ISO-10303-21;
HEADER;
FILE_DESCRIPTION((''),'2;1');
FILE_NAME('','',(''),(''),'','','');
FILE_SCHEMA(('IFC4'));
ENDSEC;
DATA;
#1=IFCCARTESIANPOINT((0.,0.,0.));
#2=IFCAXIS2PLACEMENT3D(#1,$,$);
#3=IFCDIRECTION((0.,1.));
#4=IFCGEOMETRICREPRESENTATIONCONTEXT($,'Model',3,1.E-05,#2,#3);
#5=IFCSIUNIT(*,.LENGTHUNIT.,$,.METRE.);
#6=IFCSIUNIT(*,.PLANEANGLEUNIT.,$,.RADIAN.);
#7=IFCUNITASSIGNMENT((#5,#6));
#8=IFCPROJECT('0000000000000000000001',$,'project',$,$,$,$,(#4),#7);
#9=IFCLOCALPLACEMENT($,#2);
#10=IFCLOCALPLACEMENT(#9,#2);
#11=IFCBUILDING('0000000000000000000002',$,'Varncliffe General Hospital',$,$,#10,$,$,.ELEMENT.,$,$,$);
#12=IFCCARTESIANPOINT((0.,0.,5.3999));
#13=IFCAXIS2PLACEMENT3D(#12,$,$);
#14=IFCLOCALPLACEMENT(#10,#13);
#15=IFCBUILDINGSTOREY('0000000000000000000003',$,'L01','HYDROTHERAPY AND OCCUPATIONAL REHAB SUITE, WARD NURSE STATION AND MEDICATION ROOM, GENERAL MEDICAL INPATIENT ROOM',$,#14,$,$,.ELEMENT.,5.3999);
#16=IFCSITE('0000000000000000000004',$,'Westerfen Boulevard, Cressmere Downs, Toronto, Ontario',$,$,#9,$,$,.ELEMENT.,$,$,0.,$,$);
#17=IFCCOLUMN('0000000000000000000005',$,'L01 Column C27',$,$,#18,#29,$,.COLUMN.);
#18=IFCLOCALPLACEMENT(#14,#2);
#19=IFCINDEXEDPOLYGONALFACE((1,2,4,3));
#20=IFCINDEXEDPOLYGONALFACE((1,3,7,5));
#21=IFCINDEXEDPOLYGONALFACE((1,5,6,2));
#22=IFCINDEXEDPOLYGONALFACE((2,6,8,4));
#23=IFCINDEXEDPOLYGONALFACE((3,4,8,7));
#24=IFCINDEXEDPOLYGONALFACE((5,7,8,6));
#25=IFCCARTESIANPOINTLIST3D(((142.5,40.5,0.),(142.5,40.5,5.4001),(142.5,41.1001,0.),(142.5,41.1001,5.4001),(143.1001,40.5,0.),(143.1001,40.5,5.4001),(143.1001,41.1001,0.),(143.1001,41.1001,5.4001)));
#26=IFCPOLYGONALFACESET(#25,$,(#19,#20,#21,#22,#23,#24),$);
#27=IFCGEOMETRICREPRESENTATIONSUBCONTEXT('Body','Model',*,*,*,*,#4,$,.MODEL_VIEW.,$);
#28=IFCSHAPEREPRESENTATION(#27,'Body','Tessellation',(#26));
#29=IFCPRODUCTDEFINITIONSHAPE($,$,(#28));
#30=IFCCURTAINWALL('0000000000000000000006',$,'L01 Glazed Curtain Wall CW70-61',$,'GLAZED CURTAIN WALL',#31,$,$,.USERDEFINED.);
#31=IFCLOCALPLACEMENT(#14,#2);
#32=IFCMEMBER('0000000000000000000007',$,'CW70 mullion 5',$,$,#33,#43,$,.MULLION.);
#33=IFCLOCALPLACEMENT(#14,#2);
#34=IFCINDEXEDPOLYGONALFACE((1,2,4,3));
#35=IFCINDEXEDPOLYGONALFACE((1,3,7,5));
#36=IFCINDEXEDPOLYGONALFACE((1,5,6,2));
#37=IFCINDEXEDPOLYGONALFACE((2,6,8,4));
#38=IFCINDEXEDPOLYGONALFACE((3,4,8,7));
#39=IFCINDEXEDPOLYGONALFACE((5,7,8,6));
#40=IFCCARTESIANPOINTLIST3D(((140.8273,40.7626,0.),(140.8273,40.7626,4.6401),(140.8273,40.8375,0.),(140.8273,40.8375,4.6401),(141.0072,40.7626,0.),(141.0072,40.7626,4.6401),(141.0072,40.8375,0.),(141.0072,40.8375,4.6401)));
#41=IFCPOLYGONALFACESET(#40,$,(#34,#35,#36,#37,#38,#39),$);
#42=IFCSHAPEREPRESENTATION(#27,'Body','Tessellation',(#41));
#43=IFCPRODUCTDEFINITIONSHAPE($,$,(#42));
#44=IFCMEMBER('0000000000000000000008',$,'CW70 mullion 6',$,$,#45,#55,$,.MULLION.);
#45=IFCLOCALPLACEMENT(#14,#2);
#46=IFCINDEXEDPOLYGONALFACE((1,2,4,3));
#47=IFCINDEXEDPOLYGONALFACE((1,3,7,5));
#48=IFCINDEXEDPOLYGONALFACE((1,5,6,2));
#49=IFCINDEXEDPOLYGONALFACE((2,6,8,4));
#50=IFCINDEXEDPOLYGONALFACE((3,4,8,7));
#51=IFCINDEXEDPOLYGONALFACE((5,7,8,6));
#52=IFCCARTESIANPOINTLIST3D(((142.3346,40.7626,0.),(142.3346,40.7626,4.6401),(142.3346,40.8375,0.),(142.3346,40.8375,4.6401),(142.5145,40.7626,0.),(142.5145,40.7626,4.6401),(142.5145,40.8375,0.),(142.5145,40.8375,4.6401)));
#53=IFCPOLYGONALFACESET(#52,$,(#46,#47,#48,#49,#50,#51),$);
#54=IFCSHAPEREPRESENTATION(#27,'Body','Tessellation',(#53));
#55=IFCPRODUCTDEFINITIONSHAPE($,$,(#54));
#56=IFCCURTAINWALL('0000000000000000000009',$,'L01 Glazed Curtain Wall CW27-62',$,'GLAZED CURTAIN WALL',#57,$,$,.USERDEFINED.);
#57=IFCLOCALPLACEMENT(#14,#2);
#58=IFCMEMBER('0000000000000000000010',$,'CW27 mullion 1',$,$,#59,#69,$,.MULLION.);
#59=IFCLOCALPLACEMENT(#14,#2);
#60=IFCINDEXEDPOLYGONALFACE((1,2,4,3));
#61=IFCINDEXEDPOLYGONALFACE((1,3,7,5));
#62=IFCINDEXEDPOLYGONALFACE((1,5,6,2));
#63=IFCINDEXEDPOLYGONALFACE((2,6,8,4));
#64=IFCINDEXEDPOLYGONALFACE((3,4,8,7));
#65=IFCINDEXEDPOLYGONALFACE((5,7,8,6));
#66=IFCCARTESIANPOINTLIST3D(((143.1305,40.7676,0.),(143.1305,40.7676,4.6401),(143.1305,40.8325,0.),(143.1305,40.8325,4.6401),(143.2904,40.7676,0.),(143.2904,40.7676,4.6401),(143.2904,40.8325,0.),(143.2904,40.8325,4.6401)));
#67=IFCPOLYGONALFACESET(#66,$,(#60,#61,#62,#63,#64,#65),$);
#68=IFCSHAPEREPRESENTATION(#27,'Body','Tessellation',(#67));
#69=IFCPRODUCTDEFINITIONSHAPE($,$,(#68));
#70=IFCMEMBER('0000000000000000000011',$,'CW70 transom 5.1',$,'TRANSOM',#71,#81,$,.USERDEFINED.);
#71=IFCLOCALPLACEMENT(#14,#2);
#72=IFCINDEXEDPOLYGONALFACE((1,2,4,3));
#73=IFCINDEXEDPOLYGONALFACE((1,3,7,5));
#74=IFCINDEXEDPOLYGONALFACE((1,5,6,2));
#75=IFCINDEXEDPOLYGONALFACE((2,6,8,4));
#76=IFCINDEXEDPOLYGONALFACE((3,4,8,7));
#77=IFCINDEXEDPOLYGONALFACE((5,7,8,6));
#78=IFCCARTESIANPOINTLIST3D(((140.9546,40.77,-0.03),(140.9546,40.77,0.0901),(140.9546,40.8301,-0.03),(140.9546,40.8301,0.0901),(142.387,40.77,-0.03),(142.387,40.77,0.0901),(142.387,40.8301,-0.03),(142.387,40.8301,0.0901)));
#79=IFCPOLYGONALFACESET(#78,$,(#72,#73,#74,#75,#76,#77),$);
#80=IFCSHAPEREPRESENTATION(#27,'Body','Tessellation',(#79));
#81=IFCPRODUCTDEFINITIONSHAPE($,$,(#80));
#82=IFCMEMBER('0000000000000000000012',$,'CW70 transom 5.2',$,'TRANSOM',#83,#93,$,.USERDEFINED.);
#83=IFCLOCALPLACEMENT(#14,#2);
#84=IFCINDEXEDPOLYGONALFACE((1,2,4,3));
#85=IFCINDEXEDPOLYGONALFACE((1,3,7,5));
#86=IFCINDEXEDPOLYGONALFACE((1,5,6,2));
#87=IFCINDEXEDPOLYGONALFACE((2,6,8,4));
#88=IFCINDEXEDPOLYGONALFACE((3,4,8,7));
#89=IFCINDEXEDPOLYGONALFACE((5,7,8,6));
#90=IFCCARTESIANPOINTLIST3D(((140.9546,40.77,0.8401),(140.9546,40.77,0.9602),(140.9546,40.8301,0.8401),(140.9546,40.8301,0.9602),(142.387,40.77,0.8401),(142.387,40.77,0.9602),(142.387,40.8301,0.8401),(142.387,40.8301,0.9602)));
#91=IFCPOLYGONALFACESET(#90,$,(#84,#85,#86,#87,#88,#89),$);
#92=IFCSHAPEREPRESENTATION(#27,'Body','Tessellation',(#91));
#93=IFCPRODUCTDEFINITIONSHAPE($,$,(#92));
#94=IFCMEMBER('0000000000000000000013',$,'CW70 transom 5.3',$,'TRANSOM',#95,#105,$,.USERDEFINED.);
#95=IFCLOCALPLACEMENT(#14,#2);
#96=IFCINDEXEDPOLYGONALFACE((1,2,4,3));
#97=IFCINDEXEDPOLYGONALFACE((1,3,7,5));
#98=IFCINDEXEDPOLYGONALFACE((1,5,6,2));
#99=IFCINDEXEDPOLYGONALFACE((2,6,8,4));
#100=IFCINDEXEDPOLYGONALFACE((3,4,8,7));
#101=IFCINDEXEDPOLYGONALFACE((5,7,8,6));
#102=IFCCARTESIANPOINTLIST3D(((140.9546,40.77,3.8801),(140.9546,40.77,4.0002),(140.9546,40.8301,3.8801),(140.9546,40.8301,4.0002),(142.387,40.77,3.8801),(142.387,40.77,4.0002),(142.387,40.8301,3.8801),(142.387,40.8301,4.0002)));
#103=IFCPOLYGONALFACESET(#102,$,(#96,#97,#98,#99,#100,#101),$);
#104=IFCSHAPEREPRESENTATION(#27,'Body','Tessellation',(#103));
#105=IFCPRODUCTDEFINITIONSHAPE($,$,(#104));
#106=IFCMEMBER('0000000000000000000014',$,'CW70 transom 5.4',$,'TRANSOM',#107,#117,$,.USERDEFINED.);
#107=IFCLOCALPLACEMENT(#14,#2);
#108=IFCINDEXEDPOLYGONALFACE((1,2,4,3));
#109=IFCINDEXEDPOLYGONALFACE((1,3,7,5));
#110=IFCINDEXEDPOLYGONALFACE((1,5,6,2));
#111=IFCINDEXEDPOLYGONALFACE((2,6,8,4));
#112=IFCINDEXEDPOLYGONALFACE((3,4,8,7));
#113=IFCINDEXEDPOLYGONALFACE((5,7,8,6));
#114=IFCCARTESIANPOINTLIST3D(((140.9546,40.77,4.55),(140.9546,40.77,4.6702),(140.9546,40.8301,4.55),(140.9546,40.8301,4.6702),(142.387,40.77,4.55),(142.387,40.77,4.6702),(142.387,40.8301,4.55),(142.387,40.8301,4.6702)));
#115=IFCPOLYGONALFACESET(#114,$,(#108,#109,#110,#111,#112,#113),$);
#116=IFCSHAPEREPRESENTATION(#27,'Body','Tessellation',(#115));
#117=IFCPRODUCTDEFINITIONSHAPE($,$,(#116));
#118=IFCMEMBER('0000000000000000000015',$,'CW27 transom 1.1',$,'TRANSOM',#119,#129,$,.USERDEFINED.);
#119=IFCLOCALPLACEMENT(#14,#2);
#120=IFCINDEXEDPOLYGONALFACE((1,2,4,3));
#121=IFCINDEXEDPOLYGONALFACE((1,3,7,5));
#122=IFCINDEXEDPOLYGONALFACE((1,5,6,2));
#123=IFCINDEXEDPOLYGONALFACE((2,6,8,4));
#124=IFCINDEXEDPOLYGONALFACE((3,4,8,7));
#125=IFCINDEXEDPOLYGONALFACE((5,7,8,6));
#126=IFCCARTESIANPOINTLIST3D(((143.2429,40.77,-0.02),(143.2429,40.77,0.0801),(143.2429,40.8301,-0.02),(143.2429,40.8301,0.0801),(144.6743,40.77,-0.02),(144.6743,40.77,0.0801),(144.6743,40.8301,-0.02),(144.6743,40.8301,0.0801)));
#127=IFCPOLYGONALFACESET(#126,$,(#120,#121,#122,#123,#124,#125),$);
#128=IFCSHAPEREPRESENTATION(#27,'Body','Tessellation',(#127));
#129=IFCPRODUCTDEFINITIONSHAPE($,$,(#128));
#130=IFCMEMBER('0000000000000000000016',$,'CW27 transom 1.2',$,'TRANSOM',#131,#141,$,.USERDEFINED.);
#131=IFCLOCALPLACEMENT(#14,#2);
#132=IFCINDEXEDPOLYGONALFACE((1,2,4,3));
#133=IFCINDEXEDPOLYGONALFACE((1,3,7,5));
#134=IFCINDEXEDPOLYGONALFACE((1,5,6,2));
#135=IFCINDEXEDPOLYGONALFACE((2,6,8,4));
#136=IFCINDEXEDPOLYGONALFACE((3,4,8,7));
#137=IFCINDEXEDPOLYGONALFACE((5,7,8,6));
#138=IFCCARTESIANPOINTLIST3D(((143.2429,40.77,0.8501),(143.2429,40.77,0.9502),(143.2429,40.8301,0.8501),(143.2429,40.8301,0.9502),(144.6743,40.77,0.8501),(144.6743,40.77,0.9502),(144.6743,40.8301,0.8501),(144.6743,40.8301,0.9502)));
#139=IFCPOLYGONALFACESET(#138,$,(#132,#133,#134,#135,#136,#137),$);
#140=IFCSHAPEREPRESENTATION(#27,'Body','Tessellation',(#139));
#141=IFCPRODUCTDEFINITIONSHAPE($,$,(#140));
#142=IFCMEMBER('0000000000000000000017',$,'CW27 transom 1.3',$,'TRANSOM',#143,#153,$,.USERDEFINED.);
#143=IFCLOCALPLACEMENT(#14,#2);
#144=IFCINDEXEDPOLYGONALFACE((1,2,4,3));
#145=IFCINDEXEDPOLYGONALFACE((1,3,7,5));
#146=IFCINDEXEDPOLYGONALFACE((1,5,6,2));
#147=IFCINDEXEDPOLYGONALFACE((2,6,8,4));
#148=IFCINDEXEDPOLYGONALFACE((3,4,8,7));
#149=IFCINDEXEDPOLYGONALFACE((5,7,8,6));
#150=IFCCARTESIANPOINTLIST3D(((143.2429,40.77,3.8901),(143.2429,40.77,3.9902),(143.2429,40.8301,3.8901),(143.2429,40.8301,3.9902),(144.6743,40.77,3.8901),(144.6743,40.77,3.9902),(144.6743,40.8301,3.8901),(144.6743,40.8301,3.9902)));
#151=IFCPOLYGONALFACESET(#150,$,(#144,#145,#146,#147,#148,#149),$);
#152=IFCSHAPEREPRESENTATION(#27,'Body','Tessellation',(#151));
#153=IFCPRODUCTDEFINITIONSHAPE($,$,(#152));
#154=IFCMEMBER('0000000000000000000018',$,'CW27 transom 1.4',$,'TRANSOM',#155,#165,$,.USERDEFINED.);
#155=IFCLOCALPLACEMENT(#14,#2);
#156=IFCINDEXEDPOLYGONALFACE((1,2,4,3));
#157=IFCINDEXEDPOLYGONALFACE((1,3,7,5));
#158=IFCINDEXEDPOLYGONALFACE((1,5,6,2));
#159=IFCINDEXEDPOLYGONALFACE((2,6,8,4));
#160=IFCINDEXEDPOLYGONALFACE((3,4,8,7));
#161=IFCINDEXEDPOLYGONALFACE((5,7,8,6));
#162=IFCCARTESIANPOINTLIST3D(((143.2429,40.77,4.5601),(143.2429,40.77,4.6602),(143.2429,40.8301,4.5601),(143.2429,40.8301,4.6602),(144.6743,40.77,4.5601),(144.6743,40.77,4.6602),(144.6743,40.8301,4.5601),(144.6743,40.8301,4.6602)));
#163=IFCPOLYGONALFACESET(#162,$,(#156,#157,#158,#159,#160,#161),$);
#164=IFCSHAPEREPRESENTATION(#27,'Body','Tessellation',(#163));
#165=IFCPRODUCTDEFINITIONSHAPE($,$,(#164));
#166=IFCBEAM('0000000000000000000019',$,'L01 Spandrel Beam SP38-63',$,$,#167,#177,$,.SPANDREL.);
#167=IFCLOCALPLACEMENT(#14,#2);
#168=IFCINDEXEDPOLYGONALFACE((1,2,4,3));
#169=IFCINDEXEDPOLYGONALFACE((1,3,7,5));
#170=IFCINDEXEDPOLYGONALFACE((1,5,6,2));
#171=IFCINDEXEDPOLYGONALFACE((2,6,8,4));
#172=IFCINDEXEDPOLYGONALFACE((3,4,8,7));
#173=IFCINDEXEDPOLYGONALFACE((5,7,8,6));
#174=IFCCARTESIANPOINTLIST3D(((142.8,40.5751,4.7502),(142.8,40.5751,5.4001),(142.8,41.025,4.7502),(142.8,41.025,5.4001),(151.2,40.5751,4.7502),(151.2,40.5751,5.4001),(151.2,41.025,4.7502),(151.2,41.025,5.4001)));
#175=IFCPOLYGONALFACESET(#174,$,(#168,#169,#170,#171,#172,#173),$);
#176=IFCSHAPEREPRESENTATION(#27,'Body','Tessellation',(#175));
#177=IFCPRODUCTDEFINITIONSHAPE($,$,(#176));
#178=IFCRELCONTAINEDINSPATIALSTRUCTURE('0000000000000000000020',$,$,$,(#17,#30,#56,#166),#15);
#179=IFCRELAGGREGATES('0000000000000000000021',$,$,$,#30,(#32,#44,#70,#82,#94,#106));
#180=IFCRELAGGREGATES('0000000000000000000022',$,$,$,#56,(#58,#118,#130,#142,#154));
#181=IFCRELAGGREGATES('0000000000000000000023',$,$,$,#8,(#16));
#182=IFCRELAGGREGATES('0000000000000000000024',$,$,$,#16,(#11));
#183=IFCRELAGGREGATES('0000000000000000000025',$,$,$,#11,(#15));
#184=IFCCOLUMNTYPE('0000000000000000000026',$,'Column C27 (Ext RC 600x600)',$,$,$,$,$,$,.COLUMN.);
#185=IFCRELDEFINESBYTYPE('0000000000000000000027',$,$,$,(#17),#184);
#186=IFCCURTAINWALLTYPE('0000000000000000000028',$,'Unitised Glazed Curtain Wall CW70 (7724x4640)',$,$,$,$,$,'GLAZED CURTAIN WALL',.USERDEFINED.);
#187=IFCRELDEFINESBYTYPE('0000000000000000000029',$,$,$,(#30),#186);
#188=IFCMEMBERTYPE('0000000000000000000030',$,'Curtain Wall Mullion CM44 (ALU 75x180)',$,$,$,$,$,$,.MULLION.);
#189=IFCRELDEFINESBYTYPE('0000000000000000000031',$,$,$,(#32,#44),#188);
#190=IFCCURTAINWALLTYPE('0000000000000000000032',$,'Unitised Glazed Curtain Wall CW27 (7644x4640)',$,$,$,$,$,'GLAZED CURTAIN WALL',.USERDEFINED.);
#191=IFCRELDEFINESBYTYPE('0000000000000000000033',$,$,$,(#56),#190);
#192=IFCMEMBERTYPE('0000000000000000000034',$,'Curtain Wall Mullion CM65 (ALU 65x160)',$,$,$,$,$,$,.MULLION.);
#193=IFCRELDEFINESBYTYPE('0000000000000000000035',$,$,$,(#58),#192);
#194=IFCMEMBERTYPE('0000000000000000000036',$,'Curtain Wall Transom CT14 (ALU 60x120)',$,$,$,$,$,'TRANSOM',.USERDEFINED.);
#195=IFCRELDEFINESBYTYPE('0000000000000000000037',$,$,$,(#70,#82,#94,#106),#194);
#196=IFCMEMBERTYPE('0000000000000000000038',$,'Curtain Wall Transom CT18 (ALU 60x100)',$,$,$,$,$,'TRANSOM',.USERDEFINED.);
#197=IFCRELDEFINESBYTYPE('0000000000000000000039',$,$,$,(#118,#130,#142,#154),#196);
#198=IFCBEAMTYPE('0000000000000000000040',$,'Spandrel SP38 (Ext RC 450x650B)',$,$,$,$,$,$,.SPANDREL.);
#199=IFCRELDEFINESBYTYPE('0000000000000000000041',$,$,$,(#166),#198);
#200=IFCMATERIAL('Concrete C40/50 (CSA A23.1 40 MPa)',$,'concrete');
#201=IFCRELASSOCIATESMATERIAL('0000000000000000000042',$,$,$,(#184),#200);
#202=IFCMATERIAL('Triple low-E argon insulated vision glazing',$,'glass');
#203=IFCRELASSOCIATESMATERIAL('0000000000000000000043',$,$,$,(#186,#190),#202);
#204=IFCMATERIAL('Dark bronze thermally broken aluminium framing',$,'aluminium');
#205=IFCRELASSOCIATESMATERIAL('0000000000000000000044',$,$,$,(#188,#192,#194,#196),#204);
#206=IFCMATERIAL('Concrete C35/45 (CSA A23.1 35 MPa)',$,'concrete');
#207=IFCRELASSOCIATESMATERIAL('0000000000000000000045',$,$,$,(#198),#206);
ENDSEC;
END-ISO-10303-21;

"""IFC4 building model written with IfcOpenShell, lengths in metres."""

from ifc_helpers import new_model, si_unit, direction, frame, origin, origin_2d, place, context, subcontext, project, spatial, rectangle, extrude, material, material_profile, profile_set, type_object, element, aggregate, save


model = new_model("IFC4")

# Units and contexts
model_context = context("Model", 3, precision=1e-05, world=origin(), true_north=direction((0.0, 1.0)))
body_context = subcontext(model_context, "Body", "Model", "MODEL_VIEW")
ifc_project = project(units=[si_unit("LENGTHUNIT", "METRE"), si_unit("PLANEANGLEUNIT", "RADIAN")], contexts=[model_context])

# Site, building, storey
site_placement = place(None, origin())
site = spatial("IfcSite", under=ifc_project, at=site_placement, Name="Westerfen Boulevard, Cressmere Downs, Toronto, Ontario", CompositionType="ELEMENT", RefElevation=0.0)
building_placement = place(site_placement, origin())
building = spatial("IfcBuilding", under=site, at=building_placement, Name="Varncliffe General Hospital", CompositionType="ELEMENT")
storey_placement = place(building_placement, frame((0.0, 0.0, 5.3999)))
storey = spatial("IfcBuildingStorey", under=building, at=storey_placement, Name="L01", Description="HYDROTHERAPY AND OCCUPATIONAL REHAB SUITE, WARD NURSE STATION AND MEDICATION ROOM, GENERAL MEDICAL INPATIENT ROOM", CompositionType="ELEMENT", Elevation=5.3999)

# Column
ifc_material_1 = material(Name="Concrete C40/50 (CSA A23.1 40 MPa)", Category="concrete")
ifc_material_profile_1 = material_profile(ifc_material_1, rectangle(XDim=0.6001, YDim=0.6001, at=origin_2d()), Name="RC 600x600")
ifc_profile_set_1 = profile_set([ifc_material_profile_1], Name="Concrete C40/50 (CSA A23.1 40 MPa)")
column_type = type_object("IfcColumnType", Name="Column C27 (Ext RC 600x600)", PredefinedType="COLUMN", material=ifc_profile_set_1)
column_placement = place(storey_placement, frame((142.8, 40.8, 0.0), z_axis=(0.0, 0.0, 1.0), x_axis=(1.0, 0.0, 0.0)))
element("IfcColumn", 1, at=column_placement, inside=storey, type_object=column_type, Name="L01 Column C27", PredefinedType="COLUMN", context=body_context, shape_type="SweptSolid", body=[
    extrude(rectangle(XDim=0.6001, YDim=0.6001, at=origin_2d()), origin(), (0.0, 0.0, 1.0), 5.4001),
])

# Curtain wall, members
ifc_material_2 = material(Name="Triple low-E argon insulated vision glazing", Category="glass")
curtain_wall_type_1 = type_object("IfcCurtainWallType", Name="Unitised Glazed Curtain Wall CW70 (7724x4640)", ElementType="GLAZED CURTAIN WALL", PredefinedType="USERDEFINED", material=ifc_material_2)
curtain_wall_1_placement = place(storey_placement, origin())
curtain_wall_1 = element("IfcCurtainWall", 2, at=curtain_wall_1_placement, inside=storey, type_object=curtain_wall_type_1, Name="L01 Glazed Curtain Wall CW70-61", ObjectType="GLAZED CURTAIN WALL", PredefinedType="USERDEFINED")
ifc_material_3 = material(Name="Dark bronze thermally broken aluminium framing", Category="aluminium")
ifc_material_profile_2 = material_profile(ifc_material_3, rectangle(XDim=0.075, YDim=0.1799, at=origin_2d()), Name="ALU 75x180")
ifc_profile_set_2 = profile_set([ifc_material_profile_2], Name="Dark bronze thermally broken aluminium framing")
member_type_1 = type_object("IfcMemberType", Name="Curtain Wall Mullion CM44 (ALU 75x180)", PredefinedType="MULLION", material=ifc_profile_set_2)
member_1_placement = place(storey_placement, frame((140.9172, 40.8, 0.0), z_axis=(0.0, 0.0, 1.0), x_axis=(0.0, 1.0, 0.0)))
member_1 = element("IfcMember", 3, at=member_1_placement, type_object=member_type_1, Name="CW70 mullion 5", PredefinedType="MULLION", context=body_context, shape_type="SweptSolid", body=[
    extrude(rectangle(XDim=0.075, YDim=0.1799, at=origin_2d()), origin(), (0.0, 0.0, 1.0), 4.6401),
])
member_2_placement = place(storey_placement, frame((142.4246, 40.8, 0.0), z_axis=(0.0, 0.0, 1.0), x_axis=(0.0, 1.0, 0.0)))
member_2 = element("IfcMember", 4, at=member_2_placement, type_object=member_type_1, Name="CW70 mullion 6", PredefinedType="MULLION", context=body_context, shape_type="SweptSolid", body=[
    extrude(rectangle(XDim=0.075, YDim=0.1799, at=origin_2d()), origin(), (0.0, 0.0, 1.0), 4.6401),
])

# Curtain wall, member
curtain_wall_type_2 = type_object("IfcCurtainWallType", Name="Unitised Glazed Curtain Wall CW27 (7644x4640)", ElementType="GLAZED CURTAIN WALL", PredefinedType="USERDEFINED", material=ifc_material_2)
curtain_wall_2_placement = place(storey_placement, origin())
curtain_wall_2 = element("IfcCurtainWall", 5, at=curtain_wall_2_placement, inside=storey, type_object=curtain_wall_type_2, Name="L01 Glazed Curtain Wall CW27-62", ObjectType="GLAZED CURTAIN WALL", PredefinedType="USERDEFINED")
ifc_material_profile_3 = material_profile(ifc_material_3, rectangle(XDim=0.0649, YDim=0.1599, at=origin_2d()), Name="ALU 65x160")
ifc_profile_set_3 = profile_set([ifc_material_profile_3], Name="Dark bronze thermally broken aluminium framing")
member_type_2 = type_object("IfcMemberType", Name="Curtain Wall Mullion CM65 (ALU 65x160)", PredefinedType="MULLION", material=ifc_profile_set_3)
member_3_placement = place(storey_placement, frame((143.2104, 40.8, 0.0), z_axis=(0.0, 0.0, 1.0), x_axis=(0.0, 1.0, 0.0)))
member_3 = element("IfcMember", 6, at=member_3_placement, type_object=member_type_2, Name="CW27 mullion 1", PredefinedType="MULLION", context=body_context, shape_type="SweptSolid", body=[
    extrude(rectangle(XDim=0.0649, YDim=0.1599, at=origin_2d()), origin(), (0.0, 0.0, 1.0), 4.6401),
])

# Members
ifc_material_profile_4 = material_profile(ifc_material_3, rectangle(XDim=0.0601, YDim=0.1201, at=origin_2d()), Name="ALU 60x120")
ifc_profile_set_4 = profile_set([ifc_material_profile_4], Name="Dark bronze thermally broken aluminium framing")
member_type_3 = type_object("IfcMemberType", Name="Curtain Wall Transom CT14 (ALU 60x120)", ElementType="TRANSOM", PredefinedType="USERDEFINED", material=ifc_profile_set_4)
member_4_placement = place(storey_placement, frame((140.9546, 40.8, 0.03), z_axis=(1.0, 0.0, 0.0), x_axis=(0.0, 1.0, 0.0)))
member_4 = element("IfcMember", 7, at=member_4_placement, type_object=member_type_3, Name="CW70 transom 5.1", ObjectType="TRANSOM", PredefinedType="USERDEFINED", context=body_context, shape_type="SweptSolid", body=[
    extrude(rectangle(XDim=0.0601, YDim=0.1201, at=origin_2d()), origin(), (0.0, 0.0, 1.0), 1.4324),
])
member_5_placement = place(storey_placement, frame((140.9546, 40.8, 0.9001), z_axis=(1.0, 0.0, 0.0), x_axis=(0.0, 1.0, 0.0)))
member_5 = element("IfcMember", 8, at=member_5_placement, type_object=member_type_3, Name="CW70 transom 5.2", ObjectType="TRANSOM", PredefinedType="USERDEFINED", context=body_context, shape_type="SweptSolid", body=[
    extrude(rectangle(XDim=0.0601, YDim=0.1201, at=origin_2d()), origin(), (0.0, 0.0, 1.0), 1.4324),
])
member_6_placement = place(storey_placement, frame((140.9546, 40.8, 3.9402), z_axis=(1.0, 0.0, 0.0), x_axis=(0.0, 1.0, 0.0)))
member_6 = element("IfcMember", 9, at=member_6_placement, type_object=member_type_3, Name="CW70 transom 5.3", ObjectType="TRANSOM", PredefinedType="USERDEFINED", context=body_context, shape_type="SweptSolid", body=[
    extrude(rectangle(XDim=0.0601, YDim=0.1201, at=origin_2d()), origin(), (0.0, 0.0, 1.0), 1.4324),
])
member_7_placement = place(storey_placement, frame((140.9546, 40.8, 4.6101), z_axis=(1.0, 0.0, 0.0), x_axis=(0.0, 1.0, 0.0)))
member_7 = element("IfcMember", 10, at=member_7_placement, type_object=member_type_3, Name="CW70 transom 5.4", ObjectType="TRANSOM", PredefinedType="USERDEFINED", context=body_context, shape_type="SweptSolid", body=[
    extrude(rectangle(XDim=0.0601, YDim=0.1201, at=origin_2d()), origin(), (0.0, 0.0, 1.0), 1.4324),
])
ifc_material_profile_5 = material_profile(ifc_material_3, rectangle(XDim=0.0601, YDim=0.1001, at=origin_2d()), Name="ALU 60x100")
ifc_profile_set_5 = profile_set([ifc_material_profile_5], Name="Dark bronze thermally broken aluminium framing")
member_type_4 = type_object("IfcMemberType", Name="Curtain Wall Transom CT18 (ALU 60x100)", ElementType="TRANSOM", PredefinedType="USERDEFINED", material=ifc_profile_set_5)
member_8_placement = place(storey_placement, frame((143.2429, 40.8, 0.03), z_axis=(1.0, 0.0, 0.0), x_axis=(0.0, 1.0, 0.0)))
member_8 = element("IfcMember", 11, at=member_8_placement, type_object=member_type_4, Name="CW27 transom 1.1", ObjectType="TRANSOM", PredefinedType="USERDEFINED", context=body_context, shape_type="SweptSolid", body=[
    extrude(rectangle(XDim=0.0601, YDim=0.1001, at=origin_2d()), origin(), (0.0, 0.0, 1.0), 1.4314),
])
member_9_placement = place(storey_placement, frame((143.2429, 40.8, 0.9001), z_axis=(1.0, 0.0, 0.0), x_axis=(0.0, 1.0, 0.0)))
member_9 = element("IfcMember", 12, at=member_9_placement, type_object=member_type_4, Name="CW27 transom 1.2", ObjectType="TRANSOM", PredefinedType="USERDEFINED", context=body_context, shape_type="SweptSolid", body=[
    extrude(rectangle(XDim=0.0601, YDim=0.1001, at=origin_2d()), origin(), (0.0, 0.0, 1.0), 1.4314),
])
member_10_placement = place(storey_placement, frame((143.2429, 40.8, 3.9402), z_axis=(1.0, 0.0, 0.0), x_axis=(0.0, 1.0, 0.0)))
member_10 = element("IfcMember", 13, at=member_10_placement, type_object=member_type_4, Name="CW27 transom 1.3", ObjectType="TRANSOM", PredefinedType="USERDEFINED", context=body_context, shape_type="SweptSolid", body=[
    extrude(rectangle(XDim=0.0601, YDim=0.1001, at=origin_2d()), origin(), (0.0, 0.0, 1.0), 1.4314),
])
member_11_placement = place(storey_placement, frame((143.2429, 40.8, 4.6101), z_axis=(1.0, 0.0, 0.0), x_axis=(0.0, 1.0, 0.0)))
member_11 = element("IfcMember", 14, at=member_11_placement, type_object=member_type_4, Name="CW27 transom 1.4", ObjectType="TRANSOM", PredefinedType="USERDEFINED", context=body_context, shape_type="SweptSolid", body=[
    extrude(rectangle(XDim=0.0601, YDim=0.1001, at=origin_2d()), origin(), (0.0, 0.0, 1.0), 1.4314),
])

# Beam
ifc_material_4 = material(Name="Concrete C35/45 (CSA A23.1 35 MPa)", Category="concrete")
ifc_material_profile_6 = material_profile(ifc_material_4, rectangle(XDim=0.45, YDim=0.6499, at=origin_2d()), Name="RC 450x650")
ifc_profile_set_6 = profile_set([ifc_material_profile_6], Name="Concrete C35/45 (CSA A23.1 35 MPa)")
beam_type = type_object("IfcBeamType", Name="Spandrel SP38 (Ext RC 450x650B)", PredefinedType="SPANDREL", material=ifc_profile_set_6)
beam_placement = place(storey_placement, frame((142.8, 40.8, 5.0752), z_axis=(1.0, 0.0, 0.0), x_axis=(0.0, 1.0, 0.0)))
element("IfcBeam", 15, at=beam_placement, inside=storey, type_object=beam_type, Name="L01 Spandrel Beam SP38-63", PredefinedType="SPANDREL", context=body_context, shape_type="SweptSolid", body=[
    extrude(rectangle(XDim=0.45, YDim=0.6499, at=origin_2d()), origin(), (0.0, 0.0, 1.0), 8.3999),
])

aggregate(curtain_wall_1, [member_1, member_2, member_4, member_5, member_6, member_7])
aggregate(curtain_wall_2, [member_3, member_8, member_9, member_10, member_11])

save(model, "model.ifc")
